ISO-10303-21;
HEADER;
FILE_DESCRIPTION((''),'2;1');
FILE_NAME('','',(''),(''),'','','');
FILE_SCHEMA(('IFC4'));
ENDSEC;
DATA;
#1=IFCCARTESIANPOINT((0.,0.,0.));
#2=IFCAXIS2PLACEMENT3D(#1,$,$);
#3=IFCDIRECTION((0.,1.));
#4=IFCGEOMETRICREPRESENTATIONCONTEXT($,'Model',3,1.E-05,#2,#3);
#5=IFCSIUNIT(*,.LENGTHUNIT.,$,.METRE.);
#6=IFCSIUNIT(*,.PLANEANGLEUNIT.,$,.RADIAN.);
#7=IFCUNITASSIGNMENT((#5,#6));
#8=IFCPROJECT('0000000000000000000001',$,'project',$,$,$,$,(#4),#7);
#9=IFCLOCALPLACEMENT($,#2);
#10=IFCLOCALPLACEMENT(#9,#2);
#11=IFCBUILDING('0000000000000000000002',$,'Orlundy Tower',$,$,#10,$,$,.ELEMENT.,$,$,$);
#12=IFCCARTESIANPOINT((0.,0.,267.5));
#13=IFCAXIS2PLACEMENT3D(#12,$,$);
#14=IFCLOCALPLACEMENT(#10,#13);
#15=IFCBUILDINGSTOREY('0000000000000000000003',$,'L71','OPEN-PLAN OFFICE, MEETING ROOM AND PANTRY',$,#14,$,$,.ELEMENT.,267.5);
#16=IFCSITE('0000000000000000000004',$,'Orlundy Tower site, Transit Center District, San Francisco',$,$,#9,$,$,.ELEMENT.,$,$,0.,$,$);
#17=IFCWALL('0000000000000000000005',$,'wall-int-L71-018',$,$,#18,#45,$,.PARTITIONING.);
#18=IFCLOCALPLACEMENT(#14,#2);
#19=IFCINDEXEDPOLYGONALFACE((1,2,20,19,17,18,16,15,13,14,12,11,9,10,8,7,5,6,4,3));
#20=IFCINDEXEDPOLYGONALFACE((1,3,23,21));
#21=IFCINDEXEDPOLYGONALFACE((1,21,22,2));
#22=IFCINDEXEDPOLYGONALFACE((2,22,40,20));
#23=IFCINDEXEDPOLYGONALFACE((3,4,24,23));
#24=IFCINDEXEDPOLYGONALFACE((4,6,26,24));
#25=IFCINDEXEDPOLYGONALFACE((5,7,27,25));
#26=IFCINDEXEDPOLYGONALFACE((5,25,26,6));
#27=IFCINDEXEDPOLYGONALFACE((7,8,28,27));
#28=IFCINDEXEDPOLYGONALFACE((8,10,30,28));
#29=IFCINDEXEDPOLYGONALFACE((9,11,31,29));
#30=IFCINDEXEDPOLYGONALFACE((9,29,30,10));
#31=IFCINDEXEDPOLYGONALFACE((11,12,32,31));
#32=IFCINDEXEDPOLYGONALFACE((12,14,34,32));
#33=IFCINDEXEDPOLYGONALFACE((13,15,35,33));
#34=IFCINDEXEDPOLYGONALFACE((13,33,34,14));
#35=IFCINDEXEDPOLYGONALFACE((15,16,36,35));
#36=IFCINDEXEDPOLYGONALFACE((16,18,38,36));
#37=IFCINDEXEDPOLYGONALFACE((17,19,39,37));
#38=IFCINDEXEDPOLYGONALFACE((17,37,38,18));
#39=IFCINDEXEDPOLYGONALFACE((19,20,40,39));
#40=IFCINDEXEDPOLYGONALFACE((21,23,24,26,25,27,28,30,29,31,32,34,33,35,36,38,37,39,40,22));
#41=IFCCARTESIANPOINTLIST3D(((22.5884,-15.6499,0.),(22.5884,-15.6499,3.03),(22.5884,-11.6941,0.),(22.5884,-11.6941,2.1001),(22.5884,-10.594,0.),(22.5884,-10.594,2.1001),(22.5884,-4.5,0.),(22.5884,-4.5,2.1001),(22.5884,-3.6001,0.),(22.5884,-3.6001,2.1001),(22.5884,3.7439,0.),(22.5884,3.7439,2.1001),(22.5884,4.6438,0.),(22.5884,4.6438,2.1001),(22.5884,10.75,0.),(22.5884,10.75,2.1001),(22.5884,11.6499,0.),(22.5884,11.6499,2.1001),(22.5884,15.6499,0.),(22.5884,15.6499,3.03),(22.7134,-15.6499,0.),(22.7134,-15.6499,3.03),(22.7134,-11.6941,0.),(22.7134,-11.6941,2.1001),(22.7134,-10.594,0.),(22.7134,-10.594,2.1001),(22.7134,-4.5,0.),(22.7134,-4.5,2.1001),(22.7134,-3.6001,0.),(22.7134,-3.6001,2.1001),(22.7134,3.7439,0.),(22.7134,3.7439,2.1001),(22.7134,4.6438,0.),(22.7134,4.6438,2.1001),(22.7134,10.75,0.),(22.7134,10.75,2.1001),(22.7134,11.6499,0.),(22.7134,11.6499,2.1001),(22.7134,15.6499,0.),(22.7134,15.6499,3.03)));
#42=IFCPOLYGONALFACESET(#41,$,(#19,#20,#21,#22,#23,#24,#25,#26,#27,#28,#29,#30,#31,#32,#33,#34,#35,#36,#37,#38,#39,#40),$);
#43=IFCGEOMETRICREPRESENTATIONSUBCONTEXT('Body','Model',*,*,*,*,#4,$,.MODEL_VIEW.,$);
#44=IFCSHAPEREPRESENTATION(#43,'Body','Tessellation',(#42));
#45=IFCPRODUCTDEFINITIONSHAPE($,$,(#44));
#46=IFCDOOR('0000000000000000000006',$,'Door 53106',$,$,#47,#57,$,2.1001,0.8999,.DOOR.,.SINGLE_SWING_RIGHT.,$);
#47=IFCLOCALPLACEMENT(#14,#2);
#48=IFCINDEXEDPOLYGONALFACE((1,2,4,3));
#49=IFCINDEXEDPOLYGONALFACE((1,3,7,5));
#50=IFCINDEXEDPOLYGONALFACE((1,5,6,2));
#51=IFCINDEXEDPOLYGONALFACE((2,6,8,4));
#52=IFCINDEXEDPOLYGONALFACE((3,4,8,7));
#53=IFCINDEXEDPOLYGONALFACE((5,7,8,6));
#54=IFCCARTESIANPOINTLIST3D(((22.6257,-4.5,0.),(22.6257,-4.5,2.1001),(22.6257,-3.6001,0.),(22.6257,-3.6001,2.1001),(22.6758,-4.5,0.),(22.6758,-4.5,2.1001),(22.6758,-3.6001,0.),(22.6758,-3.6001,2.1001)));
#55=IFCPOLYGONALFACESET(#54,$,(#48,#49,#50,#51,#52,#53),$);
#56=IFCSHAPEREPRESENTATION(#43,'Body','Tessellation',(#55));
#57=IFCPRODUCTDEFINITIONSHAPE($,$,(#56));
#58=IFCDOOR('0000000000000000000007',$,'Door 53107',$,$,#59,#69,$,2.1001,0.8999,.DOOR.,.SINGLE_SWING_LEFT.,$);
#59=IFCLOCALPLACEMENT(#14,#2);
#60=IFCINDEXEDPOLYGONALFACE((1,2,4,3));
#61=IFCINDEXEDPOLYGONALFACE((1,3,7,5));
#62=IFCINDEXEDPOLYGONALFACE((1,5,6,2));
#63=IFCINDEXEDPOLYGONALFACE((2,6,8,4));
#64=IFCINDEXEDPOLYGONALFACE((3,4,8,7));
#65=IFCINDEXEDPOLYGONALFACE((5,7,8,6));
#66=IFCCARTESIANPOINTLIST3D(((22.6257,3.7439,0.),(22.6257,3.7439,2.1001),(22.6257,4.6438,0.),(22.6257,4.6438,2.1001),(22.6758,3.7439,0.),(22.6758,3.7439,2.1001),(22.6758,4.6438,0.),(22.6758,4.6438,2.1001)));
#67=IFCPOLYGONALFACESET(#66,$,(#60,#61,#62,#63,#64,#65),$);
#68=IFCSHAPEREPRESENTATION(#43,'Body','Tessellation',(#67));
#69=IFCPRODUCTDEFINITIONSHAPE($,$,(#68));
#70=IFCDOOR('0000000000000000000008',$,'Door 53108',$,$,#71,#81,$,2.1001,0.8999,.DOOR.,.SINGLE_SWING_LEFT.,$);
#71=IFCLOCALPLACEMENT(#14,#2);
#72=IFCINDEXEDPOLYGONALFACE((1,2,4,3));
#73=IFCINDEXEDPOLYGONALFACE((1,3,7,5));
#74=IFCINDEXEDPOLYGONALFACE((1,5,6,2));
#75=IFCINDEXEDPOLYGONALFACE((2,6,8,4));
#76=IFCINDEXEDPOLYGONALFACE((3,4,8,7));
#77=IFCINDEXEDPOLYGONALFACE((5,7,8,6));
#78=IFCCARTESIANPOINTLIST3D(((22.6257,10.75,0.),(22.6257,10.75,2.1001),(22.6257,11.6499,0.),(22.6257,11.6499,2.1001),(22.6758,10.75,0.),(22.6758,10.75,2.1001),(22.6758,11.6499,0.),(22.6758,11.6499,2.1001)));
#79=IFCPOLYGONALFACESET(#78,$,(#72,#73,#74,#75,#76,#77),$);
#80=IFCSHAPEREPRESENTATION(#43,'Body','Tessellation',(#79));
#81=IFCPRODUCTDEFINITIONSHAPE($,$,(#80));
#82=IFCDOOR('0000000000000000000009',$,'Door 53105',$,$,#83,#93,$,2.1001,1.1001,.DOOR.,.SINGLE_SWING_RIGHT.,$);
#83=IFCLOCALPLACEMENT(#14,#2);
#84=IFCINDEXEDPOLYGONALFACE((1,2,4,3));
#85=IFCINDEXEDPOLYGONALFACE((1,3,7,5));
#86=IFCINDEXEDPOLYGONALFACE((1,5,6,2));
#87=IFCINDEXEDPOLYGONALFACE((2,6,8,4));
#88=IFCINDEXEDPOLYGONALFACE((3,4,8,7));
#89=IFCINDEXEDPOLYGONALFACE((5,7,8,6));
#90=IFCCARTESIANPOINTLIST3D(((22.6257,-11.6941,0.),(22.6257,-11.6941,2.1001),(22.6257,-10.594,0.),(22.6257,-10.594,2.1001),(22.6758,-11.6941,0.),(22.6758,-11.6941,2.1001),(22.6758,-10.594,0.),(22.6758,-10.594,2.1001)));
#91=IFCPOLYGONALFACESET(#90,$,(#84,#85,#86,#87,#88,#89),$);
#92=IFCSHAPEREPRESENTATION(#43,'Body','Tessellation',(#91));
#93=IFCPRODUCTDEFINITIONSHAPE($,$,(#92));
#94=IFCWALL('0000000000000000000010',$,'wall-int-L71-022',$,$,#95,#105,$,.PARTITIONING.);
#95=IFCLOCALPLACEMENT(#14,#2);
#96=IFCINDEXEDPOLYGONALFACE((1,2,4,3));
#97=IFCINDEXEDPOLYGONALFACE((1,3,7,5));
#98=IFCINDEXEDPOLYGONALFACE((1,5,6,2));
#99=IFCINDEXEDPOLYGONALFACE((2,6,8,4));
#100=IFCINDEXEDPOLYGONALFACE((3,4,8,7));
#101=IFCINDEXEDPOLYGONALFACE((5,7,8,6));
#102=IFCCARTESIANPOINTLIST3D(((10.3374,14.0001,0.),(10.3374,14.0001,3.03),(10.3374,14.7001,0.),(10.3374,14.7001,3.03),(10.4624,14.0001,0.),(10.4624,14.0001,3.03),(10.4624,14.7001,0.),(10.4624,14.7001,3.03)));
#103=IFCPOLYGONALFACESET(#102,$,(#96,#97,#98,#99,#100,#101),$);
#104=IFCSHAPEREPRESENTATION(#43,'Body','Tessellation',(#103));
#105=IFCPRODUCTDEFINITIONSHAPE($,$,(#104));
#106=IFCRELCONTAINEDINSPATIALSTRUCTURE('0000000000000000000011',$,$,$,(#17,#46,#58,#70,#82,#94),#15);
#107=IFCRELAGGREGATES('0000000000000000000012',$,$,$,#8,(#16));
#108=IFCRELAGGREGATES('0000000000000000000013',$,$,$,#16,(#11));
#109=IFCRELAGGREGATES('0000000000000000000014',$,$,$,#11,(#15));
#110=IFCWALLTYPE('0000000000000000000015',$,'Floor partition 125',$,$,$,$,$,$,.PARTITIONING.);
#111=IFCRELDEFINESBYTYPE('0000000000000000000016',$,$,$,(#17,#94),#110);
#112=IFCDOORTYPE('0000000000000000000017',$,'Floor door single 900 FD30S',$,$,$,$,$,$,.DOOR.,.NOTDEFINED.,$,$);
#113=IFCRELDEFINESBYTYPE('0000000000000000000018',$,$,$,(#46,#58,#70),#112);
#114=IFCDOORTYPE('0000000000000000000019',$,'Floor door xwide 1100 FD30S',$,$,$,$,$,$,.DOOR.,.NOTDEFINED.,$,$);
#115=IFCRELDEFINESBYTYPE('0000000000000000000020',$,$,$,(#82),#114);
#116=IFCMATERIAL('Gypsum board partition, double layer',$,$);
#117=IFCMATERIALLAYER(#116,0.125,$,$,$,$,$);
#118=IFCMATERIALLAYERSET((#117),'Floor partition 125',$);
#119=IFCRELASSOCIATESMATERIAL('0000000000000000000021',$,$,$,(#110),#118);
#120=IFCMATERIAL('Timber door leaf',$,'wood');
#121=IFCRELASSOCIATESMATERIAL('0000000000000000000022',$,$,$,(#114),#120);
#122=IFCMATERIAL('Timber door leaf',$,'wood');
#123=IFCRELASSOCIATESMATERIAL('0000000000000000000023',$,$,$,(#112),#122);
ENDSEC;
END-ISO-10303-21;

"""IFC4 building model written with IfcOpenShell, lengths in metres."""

from ifc_helpers import new_model, si_unit, direction, frame, frame_2d, origin, place, context, subcontext, project, spatial, rectangle, extrude, material, layer, layer_set, type_object, element, fill, save


model = new_model("IFC4")

# Units and contexts
model_context = context("Model", 3, precision=1e-05, world=origin(), true_north=direction((0.0, 1.0)))
body_context = subcontext(model_context, "Body", "Model", "MODEL_VIEW")
ifc_project = project(units=[si_unit("LENGTHUNIT", "METRE"), si_unit("PLANEANGLEUNIT", "RADIAN")], contexts=[model_context])

# Site, building, storey
site_placement = place(None, origin())
site = spatial("IfcSite", under=ifc_project, at=site_placement, Name="Orlundy Tower site, Transit Center District, San Francisco", CompositionType="ELEMENT", RefElevation=0.0)
building_placement = place(site_placement, origin())
building = spatial("IfcBuilding", under=site, at=building_placement, Name="Orlundy Tower", CompositionType="ELEMENT")
storey_placement = place(building_placement, frame((0.0, 0.0, 267.5)))
storey = spatial("IfcBuildingStorey", under=building, at=storey_placement, Name="L71", Description="OPEN-PLAN OFFICE, MEETING ROOM AND PANTRY", CompositionType="ELEMENT", Elevation=267.5)

# Shared definitions
ifc_material_1 = material(Name="Gypsum board partition, double layer")
ifc_layer_1 = layer(ifc_material_1, 0.125)
ifc_layer_set_1 = layer_set([ifc_layer_1], Name="Floor partition 125")
wall_type_1 = type_object("IfcWallType", Name="Floor partition 125", PredefinedType="PARTITIONING", material=ifc_layer_set_1)
ifc_material_2 = material(Name="Timber door leaf", Category="wood")
door_type_1 = type_object("IfcDoorType", Name="Floor door xwide 1100 FD30S", OperationType="NOTDEFINED", PredefinedType="DOOR", material=ifc_material_2)

# Wall, openings, doors
wall_1_placement = place(storey_placement, frame((22.6509, 15.6499, 0.0), z_axis=(0.0, 0.0, 1.0), x_axis=(0.0, -1.0, 0.0)))
wall_1 = element("IfcWall", 1, at=wall_1_placement, inside=storey, type_object=wall_type_1, Name="wall-int-L71-018", PredefinedType="PARTITIONING", context=body_context, shape_type="SweptSolid", body=[
    extrude(rectangle(XDim=31.2998, YDim=0.125, at=frame_2d((15.6499, 0.0))), origin(), (0.0, 0.0, 1.0), 3.03),
])
opening_1_placement = place(wall_1_placement, frame((26.2439, 0.0, 0.0)))
opening_1 = element("IfcOpeningElement", 2, at=opening_1_placement, cuts=wall_1, PredefinedType="OPENING", context=body_context, shape_type="SweptSolid", body=[
    extrude(rectangle(XDim=1.1001, YDim=2.1001, at=frame_2d((0.55, 1.05))), frame((0.0, 0.0725, 0.0), z_axis=(0.0, -1.0, 0.0), x_axis=(1.0, 0.0, 0.0)), (0.0, 0.0, 1.0), 0.145),
])
opening_2_placement = place(wall_1_placement, frame((19.25, 0.0, 0.0)))
opening_2 = element("IfcOpeningElement", 3, at=opening_2_placement, cuts=wall_1, PredefinedType="OPENING", context=body_context, shape_type="SweptSolid", body=[
    extrude(rectangle(XDim=0.8999, YDim=2.1001, at=frame_2d((0.45, 1.05))), frame((0.0, 0.0725, 0.0), z_axis=(0.0, -1.0, 0.0), x_axis=(1.0, 0.0, 0.0)), (0.0, 0.0, 1.0), 0.145),
])
opening_3_placement = place(wall_1_placement, frame((11.0061, 0.0, 0.0)))
opening_3 = element("IfcOpeningElement", 4, at=opening_3_placement, cuts=wall_1, PredefinedType="OPENING", context=body_context, shape_type="SweptSolid", body=[
    extrude(rectangle(XDim=0.8999, YDim=2.1001, at=frame_2d((0.45, 1.05))), frame((0.0, 0.0725, 0.0), z_axis=(0.0, -1.0, 0.0), x_axis=(1.0, 0.0, 0.0)), (0.0, 0.0, 1.0), 0.145),
])
opening_4_placement = place(wall_1_placement, frame((4.0, 0.0, 0.0)))
opening_4 = element("IfcOpeningElement", 5, at=opening_4_placement, cuts=wall_1, PredefinedType="OPENING", context=body_context, shape_type="SweptSolid", body=[
    extrude(rectangle(XDim=0.8999, YDim=2.1001, at=frame_2d((0.45, 1.05))), frame((0.0, 0.0725, 0.0), z_axis=(0.0, -1.0, 0.0), x_axis=(1.0, 0.0, 0.0)), (0.0, 0.0, 1.0), 0.145),
])
ifc_material_3 = material(Name="Timber door leaf", Category="wood")
door_type_2 = type_object("IfcDoorType", Name="Floor door single 900 FD30S", OperationType="NOTDEFINED", PredefinedType="DOOR", material=ifc_material_3)
door_1_placement = place(opening_2_placement, origin())
door_1 = element("IfcDoor", 6, at=door_1_placement, inside=storey, type_object=door_type_2, Name="Door 53106", OperationType="SINGLE_SWING_RIGHT", OverallHeight=2.1001, OverallWidth=0.8999, PredefinedType="DOOR", context=body_context, shape_type="SweptSolid", body=[
    extrude(rectangle(XDim=0.8999, YDim=2.1001, at=frame_2d((0.45, 1.05))), frame((0.0, 0.0249, 0.0), z_axis=(0.0, -1.0, 0.0), x_axis=(1.0, 0.0, 0.0)), (0.0, 0.0, 1.0), 0.05),
])
fill(opening_2, door_1)
door_2_placement = place(opening_3_placement, origin())
door_2 = element("IfcDoor", 7, at=door_2_placement, inside=storey, type_object=door_type_2, Name="Door 53107", OperationType="SINGLE_SWING_LEFT", OverallHeight=2.1001, OverallWidth=0.8999, PredefinedType="DOOR", context=body_context, shape_type="SweptSolid", body=[
    extrude(rectangle(XDim=0.8999, YDim=2.1001, at=frame_2d((0.45, 1.05))), frame((0.0, 0.0249, 0.0), z_axis=(0.0, -1.0, 0.0), x_axis=(1.0, 0.0, 0.0)), (0.0, 0.0, 1.0), 0.05),
])
fill(opening_3, door_2)
door_3_placement = place(opening_4_placement, origin())
door_3 = element("IfcDoor", 8, at=door_3_placement, inside=storey, type_object=door_type_2, Name="Door 53108", OperationType="SINGLE_SWING_LEFT", OverallHeight=2.1001, OverallWidth=0.8999, PredefinedType="DOOR", context=body_context, shape_type="SweptSolid", body=[
    extrude(rectangle(XDim=0.8999, YDim=2.1001, at=frame_2d((0.45, 1.05))), frame((0.0, 0.0249, 0.0), z_axis=(0.0, -1.0, 0.0), x_axis=(1.0, 0.0, 0.0)), (0.0, 0.0, 1.0), 0.05),
])
fill(opening_4, door_3)
door_4_placement = place(opening_1_placement, origin())
door_4 = element("IfcDoor", 9, at=door_4_placement, inside=storey, type_object=door_type_1, Name="Door 53105", OperationType="SINGLE_SWING_RIGHT", OverallHeight=2.1001, OverallWidth=1.1001, PredefinedType="DOOR", context=body_context, shape_type="SweptSolid", body=[
    extrude(rectangle(XDim=1.1001, YDim=2.1001, at=frame_2d((0.55, 1.05))), frame((0.0, 0.0249, 0.0), z_axis=(0.0, -1.0, 0.0), x_axis=(1.0, 0.0, 0.0)), (0.0, 0.0, 1.0), 0.05),
])
fill(opening_1, door_4)

# Wall
wall_2_placement = place(storey_placement, frame((10.3999, 14.0, 0.0), z_axis=(0.0, 0.0, 1.0), x_axis=(0.0, 1.0, 0.0)))
element("IfcWall", 10, at=wall_2_placement, inside=storey, type_object=wall_type_1, Name="wall-int-L71-022", PredefinedType="PARTITIONING", context=body_context, shape_type="SweptSolid", body=[
    extrude(rectangle(XDim=0.7, YDim=0.125, at=frame_2d((0.3501, 0.0))), origin(), (0.0, 0.0, 1.0), 3.03),
])

save(model, "model.ifc")
